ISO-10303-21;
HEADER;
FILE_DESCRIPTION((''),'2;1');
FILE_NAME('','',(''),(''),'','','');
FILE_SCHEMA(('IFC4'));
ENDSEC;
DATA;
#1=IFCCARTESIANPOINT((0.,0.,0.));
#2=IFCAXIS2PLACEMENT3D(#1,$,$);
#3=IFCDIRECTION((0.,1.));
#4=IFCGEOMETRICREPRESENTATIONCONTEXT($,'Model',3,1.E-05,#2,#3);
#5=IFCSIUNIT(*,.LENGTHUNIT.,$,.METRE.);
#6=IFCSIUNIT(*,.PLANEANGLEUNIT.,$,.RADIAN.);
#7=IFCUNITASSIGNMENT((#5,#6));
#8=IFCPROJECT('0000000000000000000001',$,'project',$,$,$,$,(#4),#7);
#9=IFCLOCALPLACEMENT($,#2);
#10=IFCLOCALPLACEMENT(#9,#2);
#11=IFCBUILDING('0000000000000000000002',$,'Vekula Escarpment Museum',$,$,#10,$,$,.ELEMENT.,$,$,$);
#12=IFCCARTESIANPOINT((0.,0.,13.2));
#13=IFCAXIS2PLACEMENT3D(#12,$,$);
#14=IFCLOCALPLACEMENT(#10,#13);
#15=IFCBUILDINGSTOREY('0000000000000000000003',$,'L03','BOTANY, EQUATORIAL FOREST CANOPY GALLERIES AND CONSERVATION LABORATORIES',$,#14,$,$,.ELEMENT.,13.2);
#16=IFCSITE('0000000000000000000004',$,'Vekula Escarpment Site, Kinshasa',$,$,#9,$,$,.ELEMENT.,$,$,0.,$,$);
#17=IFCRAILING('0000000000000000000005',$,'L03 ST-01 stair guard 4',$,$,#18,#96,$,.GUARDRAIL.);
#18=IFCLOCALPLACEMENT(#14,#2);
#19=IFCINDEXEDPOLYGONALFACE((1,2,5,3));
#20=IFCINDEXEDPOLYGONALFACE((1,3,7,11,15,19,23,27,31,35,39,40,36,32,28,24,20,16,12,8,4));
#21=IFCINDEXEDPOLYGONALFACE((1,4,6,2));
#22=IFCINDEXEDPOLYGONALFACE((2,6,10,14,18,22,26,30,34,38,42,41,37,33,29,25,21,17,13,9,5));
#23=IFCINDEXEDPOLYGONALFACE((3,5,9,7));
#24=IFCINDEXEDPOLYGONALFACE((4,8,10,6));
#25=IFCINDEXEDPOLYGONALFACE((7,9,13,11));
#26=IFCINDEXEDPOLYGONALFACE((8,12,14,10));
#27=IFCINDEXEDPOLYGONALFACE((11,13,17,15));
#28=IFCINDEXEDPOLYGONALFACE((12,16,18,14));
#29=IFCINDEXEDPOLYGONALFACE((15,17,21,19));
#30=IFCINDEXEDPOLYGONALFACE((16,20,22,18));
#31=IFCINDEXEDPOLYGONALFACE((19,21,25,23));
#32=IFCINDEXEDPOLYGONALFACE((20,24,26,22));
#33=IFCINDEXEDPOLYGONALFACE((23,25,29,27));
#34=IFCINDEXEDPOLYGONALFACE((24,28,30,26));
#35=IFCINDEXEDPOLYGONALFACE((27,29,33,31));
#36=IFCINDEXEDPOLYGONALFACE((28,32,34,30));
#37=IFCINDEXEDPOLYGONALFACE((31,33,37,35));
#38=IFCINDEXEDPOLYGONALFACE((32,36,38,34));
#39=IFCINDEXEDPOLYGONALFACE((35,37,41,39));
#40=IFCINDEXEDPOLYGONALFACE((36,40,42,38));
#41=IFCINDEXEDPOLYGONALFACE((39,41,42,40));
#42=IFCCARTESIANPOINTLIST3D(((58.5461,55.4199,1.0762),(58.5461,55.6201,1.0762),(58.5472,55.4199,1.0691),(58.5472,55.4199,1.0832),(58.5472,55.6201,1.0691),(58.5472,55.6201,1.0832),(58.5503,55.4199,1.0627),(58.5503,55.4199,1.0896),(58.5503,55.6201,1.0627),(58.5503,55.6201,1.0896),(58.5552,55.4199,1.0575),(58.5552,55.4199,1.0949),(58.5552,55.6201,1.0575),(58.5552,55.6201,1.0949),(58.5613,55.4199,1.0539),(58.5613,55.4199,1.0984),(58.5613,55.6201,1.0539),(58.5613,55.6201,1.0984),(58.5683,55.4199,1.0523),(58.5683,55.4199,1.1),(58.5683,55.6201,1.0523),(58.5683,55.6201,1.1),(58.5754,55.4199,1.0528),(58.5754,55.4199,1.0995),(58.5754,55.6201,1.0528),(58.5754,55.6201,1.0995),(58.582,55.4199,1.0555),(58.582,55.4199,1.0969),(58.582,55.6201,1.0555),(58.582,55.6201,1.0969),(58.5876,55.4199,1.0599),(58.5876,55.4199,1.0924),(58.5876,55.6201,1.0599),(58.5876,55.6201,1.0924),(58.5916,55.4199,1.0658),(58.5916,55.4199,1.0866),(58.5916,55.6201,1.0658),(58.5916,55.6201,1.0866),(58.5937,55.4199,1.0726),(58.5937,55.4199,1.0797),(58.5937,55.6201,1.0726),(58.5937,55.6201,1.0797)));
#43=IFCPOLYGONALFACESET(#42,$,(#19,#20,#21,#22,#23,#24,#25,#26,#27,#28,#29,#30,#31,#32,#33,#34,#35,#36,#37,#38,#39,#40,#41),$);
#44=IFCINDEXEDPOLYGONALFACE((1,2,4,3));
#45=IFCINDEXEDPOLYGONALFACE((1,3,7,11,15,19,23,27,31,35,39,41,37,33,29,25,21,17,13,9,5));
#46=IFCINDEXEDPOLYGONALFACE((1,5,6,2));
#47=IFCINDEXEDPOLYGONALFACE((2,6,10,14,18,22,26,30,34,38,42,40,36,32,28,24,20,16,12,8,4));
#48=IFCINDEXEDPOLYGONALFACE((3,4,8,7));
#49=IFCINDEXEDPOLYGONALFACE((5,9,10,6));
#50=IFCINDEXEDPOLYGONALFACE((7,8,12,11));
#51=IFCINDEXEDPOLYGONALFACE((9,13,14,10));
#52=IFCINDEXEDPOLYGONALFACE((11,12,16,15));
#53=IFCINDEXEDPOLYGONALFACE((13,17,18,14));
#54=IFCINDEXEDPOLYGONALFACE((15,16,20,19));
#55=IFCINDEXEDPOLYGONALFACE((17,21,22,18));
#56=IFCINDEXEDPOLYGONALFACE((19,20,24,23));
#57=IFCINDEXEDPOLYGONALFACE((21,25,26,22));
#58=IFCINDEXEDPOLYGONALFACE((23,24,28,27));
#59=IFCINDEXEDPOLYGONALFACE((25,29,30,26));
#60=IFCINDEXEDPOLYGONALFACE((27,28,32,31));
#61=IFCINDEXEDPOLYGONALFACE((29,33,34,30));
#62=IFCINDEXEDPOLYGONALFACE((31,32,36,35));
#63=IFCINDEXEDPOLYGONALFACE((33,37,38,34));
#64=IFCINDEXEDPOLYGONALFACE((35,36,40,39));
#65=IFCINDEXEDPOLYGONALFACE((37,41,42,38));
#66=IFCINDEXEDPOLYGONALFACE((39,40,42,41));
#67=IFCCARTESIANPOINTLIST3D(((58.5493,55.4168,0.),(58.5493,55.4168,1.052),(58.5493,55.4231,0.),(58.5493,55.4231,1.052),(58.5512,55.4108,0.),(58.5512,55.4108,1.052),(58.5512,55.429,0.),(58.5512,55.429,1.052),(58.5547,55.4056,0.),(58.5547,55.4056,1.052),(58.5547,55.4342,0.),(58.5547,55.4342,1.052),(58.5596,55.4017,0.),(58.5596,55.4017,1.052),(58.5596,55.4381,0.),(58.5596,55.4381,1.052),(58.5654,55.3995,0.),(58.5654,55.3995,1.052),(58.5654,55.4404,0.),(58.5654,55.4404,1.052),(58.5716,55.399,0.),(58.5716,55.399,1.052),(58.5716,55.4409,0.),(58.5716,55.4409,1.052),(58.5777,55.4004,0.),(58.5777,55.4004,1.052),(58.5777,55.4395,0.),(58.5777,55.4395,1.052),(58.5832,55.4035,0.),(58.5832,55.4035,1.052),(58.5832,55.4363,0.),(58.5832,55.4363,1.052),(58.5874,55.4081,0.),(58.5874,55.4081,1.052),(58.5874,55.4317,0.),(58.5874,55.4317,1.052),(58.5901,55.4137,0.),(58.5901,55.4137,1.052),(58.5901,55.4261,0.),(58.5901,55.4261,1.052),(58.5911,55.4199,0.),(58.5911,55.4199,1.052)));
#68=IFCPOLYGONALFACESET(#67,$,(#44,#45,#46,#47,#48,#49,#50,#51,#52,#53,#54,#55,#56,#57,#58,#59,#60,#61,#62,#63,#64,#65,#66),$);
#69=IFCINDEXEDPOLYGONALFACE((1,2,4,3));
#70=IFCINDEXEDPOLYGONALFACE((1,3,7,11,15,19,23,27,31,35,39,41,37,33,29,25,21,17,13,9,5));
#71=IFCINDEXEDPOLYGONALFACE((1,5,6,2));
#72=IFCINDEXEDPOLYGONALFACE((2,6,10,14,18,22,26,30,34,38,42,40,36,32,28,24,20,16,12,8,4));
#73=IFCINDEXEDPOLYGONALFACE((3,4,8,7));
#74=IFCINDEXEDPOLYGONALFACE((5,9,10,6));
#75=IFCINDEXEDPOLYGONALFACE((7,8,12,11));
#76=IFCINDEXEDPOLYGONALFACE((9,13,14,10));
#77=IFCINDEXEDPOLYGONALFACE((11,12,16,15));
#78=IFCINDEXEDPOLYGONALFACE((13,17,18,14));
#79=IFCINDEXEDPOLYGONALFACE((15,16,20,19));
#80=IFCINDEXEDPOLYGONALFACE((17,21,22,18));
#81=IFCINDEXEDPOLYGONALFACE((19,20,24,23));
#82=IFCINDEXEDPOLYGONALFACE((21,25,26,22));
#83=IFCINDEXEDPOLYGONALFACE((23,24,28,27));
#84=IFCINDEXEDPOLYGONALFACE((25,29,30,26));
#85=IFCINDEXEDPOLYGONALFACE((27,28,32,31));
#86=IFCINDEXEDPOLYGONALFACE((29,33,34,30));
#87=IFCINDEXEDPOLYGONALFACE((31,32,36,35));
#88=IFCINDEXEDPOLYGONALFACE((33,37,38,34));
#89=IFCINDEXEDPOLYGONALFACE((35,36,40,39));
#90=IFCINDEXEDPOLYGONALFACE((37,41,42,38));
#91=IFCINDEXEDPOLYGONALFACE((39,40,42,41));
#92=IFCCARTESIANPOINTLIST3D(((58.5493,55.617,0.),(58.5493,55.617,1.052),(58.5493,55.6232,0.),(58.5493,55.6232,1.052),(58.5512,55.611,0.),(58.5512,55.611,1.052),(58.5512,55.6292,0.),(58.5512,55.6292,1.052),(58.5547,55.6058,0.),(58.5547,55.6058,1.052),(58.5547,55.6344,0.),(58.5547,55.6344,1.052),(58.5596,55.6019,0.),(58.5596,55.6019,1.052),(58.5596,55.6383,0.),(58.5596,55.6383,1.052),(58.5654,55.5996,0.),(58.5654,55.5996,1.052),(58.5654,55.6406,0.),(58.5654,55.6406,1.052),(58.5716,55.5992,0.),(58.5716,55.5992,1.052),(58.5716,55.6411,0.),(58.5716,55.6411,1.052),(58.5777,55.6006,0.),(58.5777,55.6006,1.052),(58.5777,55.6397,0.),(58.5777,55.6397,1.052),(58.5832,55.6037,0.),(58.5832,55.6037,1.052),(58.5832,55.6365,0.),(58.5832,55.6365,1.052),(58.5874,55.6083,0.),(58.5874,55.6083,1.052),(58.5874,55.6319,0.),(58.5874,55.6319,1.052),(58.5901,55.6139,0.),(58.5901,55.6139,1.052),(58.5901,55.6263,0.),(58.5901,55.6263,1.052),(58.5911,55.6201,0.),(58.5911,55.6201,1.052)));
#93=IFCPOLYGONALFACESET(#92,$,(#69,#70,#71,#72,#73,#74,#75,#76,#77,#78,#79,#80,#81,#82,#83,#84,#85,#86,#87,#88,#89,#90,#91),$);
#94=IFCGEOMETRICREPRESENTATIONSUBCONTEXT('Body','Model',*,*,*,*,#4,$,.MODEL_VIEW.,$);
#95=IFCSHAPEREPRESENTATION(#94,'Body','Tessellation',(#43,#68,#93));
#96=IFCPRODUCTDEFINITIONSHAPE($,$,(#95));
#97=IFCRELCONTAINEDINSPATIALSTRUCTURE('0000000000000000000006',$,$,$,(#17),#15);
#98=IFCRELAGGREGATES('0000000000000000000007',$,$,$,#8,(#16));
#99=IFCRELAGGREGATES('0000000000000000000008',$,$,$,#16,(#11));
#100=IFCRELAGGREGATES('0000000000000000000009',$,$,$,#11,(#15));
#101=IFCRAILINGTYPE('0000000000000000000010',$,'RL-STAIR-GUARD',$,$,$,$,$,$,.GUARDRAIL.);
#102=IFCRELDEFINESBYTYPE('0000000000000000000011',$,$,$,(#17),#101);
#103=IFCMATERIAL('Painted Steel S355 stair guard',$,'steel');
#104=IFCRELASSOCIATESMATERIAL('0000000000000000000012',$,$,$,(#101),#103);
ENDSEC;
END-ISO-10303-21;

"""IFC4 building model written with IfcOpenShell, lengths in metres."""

from ifc_helpers import new_model, si_unit, direction, frame, origin, origin_2d, place, context, subcontext, project, spatial, circle, extrude, material, type_object, element, save


model = new_model("IFC4")

# Units and contexts
model_context = context("Model", 3, precision=1e-05, world=origin(), true_north=direction((0.0, 1.0)))
body_context = subcontext(model_context, "Body", "Model", "MODEL_VIEW")
ifc_project = project(units=[si_unit("LENGTHUNIT", "METRE"), si_unit("PLANEANGLEUNIT", "RADIAN")], contexts=[model_context])

# Site, building, storey
site_placement = place(None, origin())
site = spatial("IfcSite", under=ifc_project, at=site_placement, Name="Vekula Escarpment Site, Kinshasa", CompositionType="ELEMENT", RefElevation=0.0)
building_placement = place(site_placement, origin())
building = spatial("IfcBuilding", under=site, at=building_placement, Name="Vekula Escarpment Museum", CompositionType="ELEMENT")
storey_placement = place(building_placement, frame((0.0, 0.0, 13.2)))
storey = spatial("IfcBuildingStorey", under=building, at=storey_placement, Name="L03", Description="BOTANY, EQUATORIAL FOREST CANOPY GALLERIES AND CONSERVATION LABORATORIES", CompositionType="ELEMENT", Elevation=13.2)

# Railing
ifc_material_1 = material(Name="Painted Steel S355 stair guard", Category="steel")
railing_type_1 = type_object("IfcRailingType", Name="RL-STAIR-GUARD", PredefinedType="GUARDRAIL", material=ifc_material_1)
railing_1_placement = place(storey_placement, frame((58.5701, 55.4199, 0.0)))
element("IfcRailing", 1, at=railing_1_placement, inside=storey, type_object=railing_type_1, Name="L03 ST-01 stair guard 4", PredefinedType="GUARDRAIL", context=body_context, shape_type="SweptSolid", body=[
    extrude(circle(Radius=0.0239, at=origin_2d()), frame((0.0, 0.0, 1.0762), z_axis=(0.0, 1.0, 0.0), x_axis=(-1.0, 0.0, 0.0)), (0.0, 0.0, 1.0), 0.2002),
    extrude(circle(Radius=0.021, at=origin_2d()), origin(), (0.0, 0.0, 1.0), 1.052),
    extrude(circle(Radius=0.021, at=origin_2d()), frame((0.0, 0.2002, 0.0)), (0.0, 0.0, 1.0), 1.052),
])

save(model, "model.ifc")
